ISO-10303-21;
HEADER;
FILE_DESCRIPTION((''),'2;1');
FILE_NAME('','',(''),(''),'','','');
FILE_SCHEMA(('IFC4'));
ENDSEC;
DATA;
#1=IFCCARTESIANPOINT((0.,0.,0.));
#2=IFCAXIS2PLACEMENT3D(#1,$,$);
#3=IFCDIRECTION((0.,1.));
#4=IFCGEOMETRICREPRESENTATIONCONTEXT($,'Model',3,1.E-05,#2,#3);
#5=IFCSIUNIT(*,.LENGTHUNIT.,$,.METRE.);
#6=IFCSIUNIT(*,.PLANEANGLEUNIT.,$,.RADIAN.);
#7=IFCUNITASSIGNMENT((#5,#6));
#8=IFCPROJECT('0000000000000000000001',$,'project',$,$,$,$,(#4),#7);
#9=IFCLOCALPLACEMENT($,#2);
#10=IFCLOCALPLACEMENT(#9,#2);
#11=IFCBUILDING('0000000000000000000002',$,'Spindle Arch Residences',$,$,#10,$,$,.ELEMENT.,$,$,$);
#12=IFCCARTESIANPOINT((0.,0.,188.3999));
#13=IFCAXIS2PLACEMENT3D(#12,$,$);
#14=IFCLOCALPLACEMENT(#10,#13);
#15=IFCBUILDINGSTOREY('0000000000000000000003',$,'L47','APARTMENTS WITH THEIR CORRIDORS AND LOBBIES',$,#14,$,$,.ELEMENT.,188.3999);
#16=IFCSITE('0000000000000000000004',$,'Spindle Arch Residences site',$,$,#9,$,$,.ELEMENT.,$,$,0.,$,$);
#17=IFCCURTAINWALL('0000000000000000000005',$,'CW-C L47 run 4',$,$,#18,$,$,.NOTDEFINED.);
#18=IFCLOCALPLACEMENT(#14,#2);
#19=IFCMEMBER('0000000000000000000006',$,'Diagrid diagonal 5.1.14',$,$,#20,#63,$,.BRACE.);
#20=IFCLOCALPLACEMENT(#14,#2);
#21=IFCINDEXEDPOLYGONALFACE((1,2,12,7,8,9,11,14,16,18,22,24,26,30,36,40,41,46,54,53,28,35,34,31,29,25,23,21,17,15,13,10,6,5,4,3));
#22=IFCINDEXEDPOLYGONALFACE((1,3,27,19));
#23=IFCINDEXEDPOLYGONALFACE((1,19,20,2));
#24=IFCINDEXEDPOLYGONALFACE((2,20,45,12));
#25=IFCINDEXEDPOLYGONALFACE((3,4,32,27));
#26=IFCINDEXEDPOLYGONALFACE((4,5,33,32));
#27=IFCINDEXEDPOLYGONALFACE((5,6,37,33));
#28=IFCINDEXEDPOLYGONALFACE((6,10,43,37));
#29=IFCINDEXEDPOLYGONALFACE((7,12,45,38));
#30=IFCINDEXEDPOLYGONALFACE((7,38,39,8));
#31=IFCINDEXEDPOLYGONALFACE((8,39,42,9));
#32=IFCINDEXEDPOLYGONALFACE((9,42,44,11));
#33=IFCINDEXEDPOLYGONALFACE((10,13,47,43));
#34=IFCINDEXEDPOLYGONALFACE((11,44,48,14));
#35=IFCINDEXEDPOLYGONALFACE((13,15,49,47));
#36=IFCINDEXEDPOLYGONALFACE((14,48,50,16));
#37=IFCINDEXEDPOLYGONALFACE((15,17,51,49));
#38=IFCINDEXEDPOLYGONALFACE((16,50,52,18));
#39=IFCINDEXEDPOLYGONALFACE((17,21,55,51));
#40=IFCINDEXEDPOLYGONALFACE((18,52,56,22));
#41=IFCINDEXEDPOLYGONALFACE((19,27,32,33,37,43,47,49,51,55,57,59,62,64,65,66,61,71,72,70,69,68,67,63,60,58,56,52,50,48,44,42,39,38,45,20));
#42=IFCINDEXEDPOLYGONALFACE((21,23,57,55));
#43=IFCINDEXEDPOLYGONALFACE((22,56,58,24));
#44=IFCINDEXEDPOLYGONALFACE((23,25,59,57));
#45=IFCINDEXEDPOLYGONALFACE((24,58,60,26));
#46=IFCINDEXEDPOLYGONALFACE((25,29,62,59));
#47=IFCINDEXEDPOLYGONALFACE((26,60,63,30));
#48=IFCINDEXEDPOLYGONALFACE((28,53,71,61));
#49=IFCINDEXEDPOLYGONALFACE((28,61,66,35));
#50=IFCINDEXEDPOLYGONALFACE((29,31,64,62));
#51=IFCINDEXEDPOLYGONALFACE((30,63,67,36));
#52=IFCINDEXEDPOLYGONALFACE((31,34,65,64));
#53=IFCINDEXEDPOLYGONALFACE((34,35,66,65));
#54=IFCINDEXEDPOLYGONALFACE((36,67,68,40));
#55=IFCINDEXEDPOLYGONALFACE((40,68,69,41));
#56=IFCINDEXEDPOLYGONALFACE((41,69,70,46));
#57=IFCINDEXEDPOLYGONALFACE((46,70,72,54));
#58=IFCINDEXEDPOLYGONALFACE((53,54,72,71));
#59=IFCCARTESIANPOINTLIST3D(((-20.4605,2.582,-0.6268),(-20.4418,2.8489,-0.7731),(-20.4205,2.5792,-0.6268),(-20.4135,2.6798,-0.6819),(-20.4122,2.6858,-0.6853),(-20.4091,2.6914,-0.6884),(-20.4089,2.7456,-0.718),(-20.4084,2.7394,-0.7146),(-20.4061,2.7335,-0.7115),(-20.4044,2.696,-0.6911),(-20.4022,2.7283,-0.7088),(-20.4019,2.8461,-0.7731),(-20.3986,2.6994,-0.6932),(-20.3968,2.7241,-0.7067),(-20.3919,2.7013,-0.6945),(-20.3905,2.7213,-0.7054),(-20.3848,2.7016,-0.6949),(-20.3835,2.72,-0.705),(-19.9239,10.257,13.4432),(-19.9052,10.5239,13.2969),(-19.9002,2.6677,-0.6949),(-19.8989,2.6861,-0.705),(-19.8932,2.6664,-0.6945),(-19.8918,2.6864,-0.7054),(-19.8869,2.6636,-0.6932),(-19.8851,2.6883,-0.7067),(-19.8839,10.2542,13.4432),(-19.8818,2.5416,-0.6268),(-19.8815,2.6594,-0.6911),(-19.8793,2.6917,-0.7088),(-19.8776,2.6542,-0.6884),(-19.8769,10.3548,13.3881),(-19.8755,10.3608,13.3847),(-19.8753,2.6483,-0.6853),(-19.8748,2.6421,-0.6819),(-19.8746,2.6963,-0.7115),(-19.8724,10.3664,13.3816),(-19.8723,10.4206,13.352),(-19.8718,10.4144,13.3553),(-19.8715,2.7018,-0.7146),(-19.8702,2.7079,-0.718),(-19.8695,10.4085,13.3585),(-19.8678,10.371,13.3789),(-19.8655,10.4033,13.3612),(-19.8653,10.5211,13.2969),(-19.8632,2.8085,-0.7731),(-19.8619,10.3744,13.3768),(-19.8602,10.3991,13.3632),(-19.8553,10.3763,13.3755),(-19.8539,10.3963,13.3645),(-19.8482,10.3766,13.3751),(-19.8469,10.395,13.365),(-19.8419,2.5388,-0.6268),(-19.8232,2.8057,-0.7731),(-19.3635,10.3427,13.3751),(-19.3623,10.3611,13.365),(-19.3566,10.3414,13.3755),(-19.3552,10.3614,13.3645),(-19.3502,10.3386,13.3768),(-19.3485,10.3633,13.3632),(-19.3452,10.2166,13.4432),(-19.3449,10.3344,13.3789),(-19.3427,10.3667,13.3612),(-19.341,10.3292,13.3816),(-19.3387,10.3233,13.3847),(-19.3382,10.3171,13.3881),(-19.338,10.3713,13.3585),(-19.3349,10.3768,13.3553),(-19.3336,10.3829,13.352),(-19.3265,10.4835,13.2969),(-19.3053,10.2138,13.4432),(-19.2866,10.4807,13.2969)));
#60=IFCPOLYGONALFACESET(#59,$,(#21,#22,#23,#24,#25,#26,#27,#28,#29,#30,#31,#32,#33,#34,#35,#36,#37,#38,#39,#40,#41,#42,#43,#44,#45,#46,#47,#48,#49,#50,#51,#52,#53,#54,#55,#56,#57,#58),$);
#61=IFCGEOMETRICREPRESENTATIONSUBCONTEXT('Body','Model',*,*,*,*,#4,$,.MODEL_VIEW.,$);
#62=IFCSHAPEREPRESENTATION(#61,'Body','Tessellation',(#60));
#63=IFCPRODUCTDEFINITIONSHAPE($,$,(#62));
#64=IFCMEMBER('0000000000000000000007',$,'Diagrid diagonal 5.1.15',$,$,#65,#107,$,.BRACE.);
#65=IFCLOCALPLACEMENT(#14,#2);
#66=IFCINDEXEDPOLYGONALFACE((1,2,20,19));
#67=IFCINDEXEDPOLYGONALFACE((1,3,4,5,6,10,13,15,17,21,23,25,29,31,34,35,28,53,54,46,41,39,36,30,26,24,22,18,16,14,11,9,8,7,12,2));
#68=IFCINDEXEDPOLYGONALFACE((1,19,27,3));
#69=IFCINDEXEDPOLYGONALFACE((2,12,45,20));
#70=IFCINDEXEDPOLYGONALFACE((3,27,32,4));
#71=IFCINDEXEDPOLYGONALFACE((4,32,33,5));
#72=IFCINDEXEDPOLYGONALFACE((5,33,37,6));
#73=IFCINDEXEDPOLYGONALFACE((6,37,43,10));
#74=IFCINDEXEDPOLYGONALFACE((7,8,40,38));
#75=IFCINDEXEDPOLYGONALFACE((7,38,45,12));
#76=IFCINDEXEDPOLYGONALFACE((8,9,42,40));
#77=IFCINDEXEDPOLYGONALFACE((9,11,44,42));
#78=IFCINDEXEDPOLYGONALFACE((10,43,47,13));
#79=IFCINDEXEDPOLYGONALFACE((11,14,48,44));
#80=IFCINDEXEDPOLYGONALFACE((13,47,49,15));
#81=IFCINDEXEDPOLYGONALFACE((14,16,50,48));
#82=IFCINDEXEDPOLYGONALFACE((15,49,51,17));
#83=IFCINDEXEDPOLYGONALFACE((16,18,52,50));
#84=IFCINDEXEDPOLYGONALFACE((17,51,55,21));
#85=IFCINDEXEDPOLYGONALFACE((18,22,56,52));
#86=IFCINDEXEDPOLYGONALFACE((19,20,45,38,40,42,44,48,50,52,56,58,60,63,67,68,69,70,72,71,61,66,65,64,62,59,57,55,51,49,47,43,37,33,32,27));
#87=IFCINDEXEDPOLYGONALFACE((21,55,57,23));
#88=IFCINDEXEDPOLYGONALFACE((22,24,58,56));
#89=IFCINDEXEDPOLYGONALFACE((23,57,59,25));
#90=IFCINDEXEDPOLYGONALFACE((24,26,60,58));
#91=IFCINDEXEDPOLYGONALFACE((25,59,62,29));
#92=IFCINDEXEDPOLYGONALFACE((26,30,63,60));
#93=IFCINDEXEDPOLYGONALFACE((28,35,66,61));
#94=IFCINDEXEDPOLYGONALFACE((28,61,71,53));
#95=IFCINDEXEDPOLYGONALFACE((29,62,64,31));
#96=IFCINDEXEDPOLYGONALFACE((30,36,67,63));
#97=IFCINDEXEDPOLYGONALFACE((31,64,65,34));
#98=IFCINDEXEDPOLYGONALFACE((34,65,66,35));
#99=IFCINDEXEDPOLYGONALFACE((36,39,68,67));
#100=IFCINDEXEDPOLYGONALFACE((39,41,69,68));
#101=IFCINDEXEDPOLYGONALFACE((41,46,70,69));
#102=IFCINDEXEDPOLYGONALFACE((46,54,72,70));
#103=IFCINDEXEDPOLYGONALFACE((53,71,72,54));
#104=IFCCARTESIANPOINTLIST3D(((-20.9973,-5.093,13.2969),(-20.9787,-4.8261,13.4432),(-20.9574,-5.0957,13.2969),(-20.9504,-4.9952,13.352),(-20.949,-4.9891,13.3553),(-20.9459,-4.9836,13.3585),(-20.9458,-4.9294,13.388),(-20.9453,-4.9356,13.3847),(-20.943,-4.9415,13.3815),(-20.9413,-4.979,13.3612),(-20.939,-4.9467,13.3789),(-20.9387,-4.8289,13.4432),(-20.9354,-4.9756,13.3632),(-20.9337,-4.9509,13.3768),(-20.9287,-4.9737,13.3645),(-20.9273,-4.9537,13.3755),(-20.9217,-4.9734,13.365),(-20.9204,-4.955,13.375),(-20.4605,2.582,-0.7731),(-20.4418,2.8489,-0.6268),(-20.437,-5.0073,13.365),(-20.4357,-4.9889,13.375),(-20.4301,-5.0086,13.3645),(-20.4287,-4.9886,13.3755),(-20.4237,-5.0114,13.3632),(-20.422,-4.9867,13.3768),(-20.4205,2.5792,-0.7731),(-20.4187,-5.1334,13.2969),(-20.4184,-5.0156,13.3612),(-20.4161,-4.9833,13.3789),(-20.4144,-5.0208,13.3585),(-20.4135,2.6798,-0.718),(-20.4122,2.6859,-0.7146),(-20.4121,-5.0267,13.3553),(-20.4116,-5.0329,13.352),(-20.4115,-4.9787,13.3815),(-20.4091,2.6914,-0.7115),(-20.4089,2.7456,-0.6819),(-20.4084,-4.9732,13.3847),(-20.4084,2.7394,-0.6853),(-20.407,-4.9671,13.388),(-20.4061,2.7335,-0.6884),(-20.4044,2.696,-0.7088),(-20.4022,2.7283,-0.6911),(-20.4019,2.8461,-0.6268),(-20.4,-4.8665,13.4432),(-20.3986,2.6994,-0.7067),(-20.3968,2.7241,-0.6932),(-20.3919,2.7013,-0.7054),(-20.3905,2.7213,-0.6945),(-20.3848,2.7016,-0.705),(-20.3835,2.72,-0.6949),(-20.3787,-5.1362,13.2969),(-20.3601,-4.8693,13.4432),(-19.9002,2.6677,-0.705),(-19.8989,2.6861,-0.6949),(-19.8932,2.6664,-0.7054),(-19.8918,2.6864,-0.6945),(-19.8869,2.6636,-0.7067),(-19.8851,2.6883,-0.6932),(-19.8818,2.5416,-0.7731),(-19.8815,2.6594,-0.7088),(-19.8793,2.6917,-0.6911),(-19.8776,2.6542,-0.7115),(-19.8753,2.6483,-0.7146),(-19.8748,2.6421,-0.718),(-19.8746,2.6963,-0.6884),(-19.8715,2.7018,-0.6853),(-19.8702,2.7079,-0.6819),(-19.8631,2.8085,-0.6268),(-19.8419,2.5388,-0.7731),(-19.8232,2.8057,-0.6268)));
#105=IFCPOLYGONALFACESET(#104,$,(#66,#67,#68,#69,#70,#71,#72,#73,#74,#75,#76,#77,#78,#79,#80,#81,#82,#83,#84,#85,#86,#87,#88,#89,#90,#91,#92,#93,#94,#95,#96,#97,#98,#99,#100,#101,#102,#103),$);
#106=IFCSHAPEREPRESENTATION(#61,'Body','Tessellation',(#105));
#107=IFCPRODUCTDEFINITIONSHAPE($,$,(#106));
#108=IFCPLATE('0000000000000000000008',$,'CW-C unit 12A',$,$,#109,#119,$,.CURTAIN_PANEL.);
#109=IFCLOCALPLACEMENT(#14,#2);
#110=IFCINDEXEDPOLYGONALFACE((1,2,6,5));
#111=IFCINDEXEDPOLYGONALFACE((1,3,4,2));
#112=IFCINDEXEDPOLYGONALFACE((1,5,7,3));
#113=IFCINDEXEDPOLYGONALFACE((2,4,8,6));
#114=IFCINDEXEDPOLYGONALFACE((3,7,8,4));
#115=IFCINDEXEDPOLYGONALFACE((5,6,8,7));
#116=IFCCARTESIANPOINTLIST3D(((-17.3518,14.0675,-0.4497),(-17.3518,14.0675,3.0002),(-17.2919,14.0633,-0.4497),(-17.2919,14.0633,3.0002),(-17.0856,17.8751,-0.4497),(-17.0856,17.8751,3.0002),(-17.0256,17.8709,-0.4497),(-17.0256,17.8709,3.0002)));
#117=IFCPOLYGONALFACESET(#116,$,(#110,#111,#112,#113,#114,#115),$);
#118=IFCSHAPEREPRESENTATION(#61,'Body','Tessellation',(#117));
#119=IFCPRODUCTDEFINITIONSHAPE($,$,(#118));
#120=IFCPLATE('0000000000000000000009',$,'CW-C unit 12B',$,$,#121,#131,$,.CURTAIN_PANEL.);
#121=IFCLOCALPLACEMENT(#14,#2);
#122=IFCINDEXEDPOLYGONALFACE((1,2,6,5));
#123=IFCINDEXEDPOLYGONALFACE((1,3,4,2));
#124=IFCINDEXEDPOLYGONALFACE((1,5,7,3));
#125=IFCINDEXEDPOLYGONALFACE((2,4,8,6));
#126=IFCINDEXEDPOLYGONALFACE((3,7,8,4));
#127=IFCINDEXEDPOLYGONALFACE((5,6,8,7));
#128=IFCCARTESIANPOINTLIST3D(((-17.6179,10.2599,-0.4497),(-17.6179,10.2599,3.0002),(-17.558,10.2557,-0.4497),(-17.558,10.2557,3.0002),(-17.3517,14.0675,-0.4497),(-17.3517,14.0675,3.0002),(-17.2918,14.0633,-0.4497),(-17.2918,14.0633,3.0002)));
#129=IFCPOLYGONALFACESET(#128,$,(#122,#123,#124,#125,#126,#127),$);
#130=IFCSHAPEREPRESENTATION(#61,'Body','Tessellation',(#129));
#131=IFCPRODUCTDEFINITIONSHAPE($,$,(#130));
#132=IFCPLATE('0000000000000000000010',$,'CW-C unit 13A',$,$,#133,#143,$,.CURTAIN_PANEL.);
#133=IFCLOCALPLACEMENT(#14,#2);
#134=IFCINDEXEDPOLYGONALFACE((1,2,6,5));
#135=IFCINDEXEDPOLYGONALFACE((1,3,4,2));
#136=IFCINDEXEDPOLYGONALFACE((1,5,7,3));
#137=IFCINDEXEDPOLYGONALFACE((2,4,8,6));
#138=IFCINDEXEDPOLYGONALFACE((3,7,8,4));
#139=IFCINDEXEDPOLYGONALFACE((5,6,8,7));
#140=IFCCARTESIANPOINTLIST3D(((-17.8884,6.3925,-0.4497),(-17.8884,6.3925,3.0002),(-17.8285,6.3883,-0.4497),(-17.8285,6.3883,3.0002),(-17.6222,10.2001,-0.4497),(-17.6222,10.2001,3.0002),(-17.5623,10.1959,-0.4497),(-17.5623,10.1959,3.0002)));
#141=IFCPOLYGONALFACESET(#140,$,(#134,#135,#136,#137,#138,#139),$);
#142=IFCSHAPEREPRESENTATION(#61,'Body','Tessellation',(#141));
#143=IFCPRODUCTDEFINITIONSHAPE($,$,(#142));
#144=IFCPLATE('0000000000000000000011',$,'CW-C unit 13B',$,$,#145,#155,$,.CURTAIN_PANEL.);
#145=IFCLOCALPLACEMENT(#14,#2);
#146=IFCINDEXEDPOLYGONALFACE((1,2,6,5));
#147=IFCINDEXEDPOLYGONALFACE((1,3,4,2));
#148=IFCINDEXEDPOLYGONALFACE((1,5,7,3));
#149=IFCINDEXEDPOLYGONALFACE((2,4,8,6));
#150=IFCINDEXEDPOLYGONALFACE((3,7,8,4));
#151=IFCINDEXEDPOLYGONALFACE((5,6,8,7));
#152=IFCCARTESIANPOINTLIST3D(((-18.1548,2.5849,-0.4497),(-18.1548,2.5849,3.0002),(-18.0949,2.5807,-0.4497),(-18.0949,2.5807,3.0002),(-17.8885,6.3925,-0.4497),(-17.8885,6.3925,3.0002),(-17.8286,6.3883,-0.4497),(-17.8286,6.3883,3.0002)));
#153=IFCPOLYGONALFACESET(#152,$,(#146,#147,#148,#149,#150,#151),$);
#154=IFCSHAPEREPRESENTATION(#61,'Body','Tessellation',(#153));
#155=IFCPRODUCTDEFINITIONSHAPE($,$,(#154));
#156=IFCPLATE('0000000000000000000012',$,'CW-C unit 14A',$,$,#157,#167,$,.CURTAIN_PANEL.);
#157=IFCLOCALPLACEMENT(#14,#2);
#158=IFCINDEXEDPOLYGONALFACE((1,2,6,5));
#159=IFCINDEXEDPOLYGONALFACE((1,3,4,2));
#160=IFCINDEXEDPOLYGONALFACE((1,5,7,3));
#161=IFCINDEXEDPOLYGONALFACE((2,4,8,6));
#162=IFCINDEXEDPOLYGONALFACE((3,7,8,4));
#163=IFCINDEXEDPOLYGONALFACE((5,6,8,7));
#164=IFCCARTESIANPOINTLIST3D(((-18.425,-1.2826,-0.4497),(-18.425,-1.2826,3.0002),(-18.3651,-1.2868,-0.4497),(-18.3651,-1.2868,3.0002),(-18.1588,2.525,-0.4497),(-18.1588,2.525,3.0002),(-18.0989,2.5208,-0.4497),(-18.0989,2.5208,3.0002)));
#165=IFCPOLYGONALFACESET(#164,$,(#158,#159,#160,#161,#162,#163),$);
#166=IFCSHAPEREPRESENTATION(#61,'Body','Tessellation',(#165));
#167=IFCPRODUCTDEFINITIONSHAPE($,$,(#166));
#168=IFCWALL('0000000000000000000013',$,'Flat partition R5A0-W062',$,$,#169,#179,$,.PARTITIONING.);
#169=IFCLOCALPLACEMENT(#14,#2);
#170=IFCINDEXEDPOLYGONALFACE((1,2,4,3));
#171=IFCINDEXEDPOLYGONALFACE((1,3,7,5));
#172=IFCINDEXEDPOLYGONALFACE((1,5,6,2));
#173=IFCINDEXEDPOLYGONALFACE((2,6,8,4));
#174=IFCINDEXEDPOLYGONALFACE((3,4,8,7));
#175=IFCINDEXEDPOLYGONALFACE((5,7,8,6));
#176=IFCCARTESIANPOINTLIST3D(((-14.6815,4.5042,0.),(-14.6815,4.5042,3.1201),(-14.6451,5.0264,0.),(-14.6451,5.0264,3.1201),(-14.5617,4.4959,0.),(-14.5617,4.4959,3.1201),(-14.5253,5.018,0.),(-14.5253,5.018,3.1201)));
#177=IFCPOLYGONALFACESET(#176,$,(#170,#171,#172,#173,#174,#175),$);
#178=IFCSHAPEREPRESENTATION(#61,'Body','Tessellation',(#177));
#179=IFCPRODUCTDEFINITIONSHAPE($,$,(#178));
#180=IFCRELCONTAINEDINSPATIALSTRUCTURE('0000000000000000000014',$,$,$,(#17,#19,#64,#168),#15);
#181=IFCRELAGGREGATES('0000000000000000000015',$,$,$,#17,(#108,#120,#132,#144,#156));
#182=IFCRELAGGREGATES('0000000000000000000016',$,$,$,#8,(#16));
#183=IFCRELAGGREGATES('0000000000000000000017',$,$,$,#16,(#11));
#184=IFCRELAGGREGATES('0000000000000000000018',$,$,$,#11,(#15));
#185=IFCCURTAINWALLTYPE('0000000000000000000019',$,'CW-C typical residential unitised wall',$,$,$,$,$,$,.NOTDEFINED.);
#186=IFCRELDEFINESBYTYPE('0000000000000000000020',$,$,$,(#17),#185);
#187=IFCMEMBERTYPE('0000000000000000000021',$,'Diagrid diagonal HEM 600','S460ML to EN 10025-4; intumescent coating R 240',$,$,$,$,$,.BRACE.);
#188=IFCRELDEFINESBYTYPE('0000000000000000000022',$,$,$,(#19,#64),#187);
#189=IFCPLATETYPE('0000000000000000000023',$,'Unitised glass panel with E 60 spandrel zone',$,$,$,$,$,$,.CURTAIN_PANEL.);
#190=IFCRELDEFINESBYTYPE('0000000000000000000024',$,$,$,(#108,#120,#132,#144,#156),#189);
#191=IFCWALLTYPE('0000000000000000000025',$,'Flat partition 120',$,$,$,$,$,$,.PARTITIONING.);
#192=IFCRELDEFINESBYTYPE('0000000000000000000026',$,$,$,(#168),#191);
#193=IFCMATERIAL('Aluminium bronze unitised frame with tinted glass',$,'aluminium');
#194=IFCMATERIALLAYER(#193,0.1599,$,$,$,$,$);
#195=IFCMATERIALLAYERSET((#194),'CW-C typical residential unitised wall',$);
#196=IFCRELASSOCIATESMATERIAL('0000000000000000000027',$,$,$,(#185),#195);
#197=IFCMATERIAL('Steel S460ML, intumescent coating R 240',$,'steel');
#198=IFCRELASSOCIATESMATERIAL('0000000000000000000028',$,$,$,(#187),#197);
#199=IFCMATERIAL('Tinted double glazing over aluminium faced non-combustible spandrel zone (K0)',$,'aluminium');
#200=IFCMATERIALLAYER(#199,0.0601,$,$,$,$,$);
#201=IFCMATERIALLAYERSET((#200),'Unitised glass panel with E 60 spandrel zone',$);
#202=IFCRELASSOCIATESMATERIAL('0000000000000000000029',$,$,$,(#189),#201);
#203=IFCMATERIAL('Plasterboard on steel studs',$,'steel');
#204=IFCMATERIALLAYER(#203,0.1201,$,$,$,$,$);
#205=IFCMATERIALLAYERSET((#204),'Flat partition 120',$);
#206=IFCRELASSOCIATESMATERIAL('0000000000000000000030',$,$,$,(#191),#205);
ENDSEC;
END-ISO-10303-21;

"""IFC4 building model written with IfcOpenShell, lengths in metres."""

from ifc_helpers import new_model, si_unit, direction, frame, frame_2d, origin, origin_2d, place, context, subcontext, project, spatial, rectangle, i_section, extrude, material, layer, layer_set, material_profile, profile_set, type_object, element, aggregate, save


model = new_model("IFC4")

# Units and contexts
model_context = context("Model", 3, precision=1e-05, world=origin(), true_north=direction((0.0, 1.0)))
body_context = subcontext(model_context, "Body", "Model", "MODEL_VIEW")
ifc_project = project(units=[si_unit("LENGTHUNIT", "METRE"), si_unit("PLANEANGLEUNIT", "RADIAN")], contexts=[model_context])

# Site, building, storey
site_placement = place(None, origin())
site = spatial("IfcSite", under=ifc_project, at=site_placement, Name="Spindle Arch Residences site", CompositionType="ELEMENT", RefElevation=0.0)
building_placement = place(site_placement, origin())
building = spatial("IfcBuilding", under=site, at=building_placement, Name="Spindle Arch Residences", CompositionType="ELEMENT")
storey_placement = place(building_placement, frame((0.0, 0.0, 188.3999)))
storey = spatial("IfcBuildingStorey", under=building, at=storey_placement, Name="L47", Description="APARTMENTS WITH THEIR CORRIDORS AND LOBBIES", CompositionType="ELEMENT", Elevation=188.3999)

# Curtain wall
ifc_material_1 = material(Name="Aluminium bronze unitised frame with tinted glass", Category="aluminium")
ifc_layer_1 = layer(ifc_material_1, 0.1599)
ifc_layer_set_1 = layer_set([ifc_layer_1], Name="CW-C typical residential unitised wall")
curtain_wall_type = type_object("IfcCurtainWallType", Name="CW-C typical residential unitised wall", PredefinedType="NOTDEFINED", material=ifc_layer_set_1)
curtain_wall_placement = place(storey_placement, origin())
curtain_wall = element("IfcCurtainWall", 1, at=curtain_wall_placement, inside=storey, type_object=curtain_wall_type, Name="CW-C L47 run 4", PredefinedType="NOTDEFINED")

# Members
ifc_material_2 = material(Name="Steel S460ML, intumescent coating R 240", Category="steel")
ifc_material_profile_1 = material_profile(ifc_material_2, i_section(OverallWidth=0.3049, OverallDepth=0.6201, WebThickness=0.021, FlangeThickness=0.04, FilletRadius=0.0271, at=origin_2d()), Name="HEM 600")
ifc_profile_set_1 = profile_set([ifc_material_profile_1], Name="Steel S460ML, intumescent coating R 240")
member_type_1 = type_object("IfcMemberType", Name="Diagrid diagonal HEM 600", Description="S460ML to EN 10025-4; intumescent coating R 240", PredefinedType="BRACE", material=ifc_profile_set_1)
for number, where, z_axis, x_axis, name in (
    (2, (-20.1418, 2.6938, -0.7), (0.033463, 0.478606, 0.877392), (-0.061196, -0.875255, 0.479775), "Diagrid diagonal 5.1.14"),
    (3, (-20.1418, 2.6938, -0.7), (-0.033478, -0.478606, 0.877391), (0.061223, 0.875253, 0.479776), "Diagrid diagonal 5.1.15"),
):
    element("IfcMember", number, at=place(storey_placement, frame(where, z_axis=z_axis, x_axis=x_axis)), inside=storey, type_object=member_type_1, Name=name, PredefinedType="BRACE", context=body_context, shape_type="SweptSolid", body=[
        extrude(i_section(OverallWidth=0.3049, OverallDepth=0.6201, WebThickness=0.021, FlangeThickness=0.04, FilletRadius=0.0271, at=origin_2d()), origin(), (0.0, 0.0, 1.0), 16.0361),
    ])

# Plates
ifc_material_3 = material(Name="Tinted double glazing over aluminium faced non-combustible spandrel zone (K0)", Category="aluminium")
ifc_layer_2 = layer(ifc_material_3, 0.0601)
ifc_layer_set_2 = layer_set([ifc_layer_2], Name="Unitised glass panel with E 60 spandrel zone")
plate_type = type_object("IfcPlateType", Name="Unitised glass panel with E 60 spandrel zone", PredefinedType="CURTAIN_PANEL", material=ifc_layer_set_2)
plate_1_placement = place(storey_placement, frame((-17.1887, 15.9692, -0.4497), z_axis=(0.0, 0.0, 1.0), x_axis=(-0.069756, -0.997564, 0.0)))
plate_1 = element("IfcPlate", 4, at=plate_1_placement, type_object=plate_type, Name="CW-C unit 12A", PredefinedType="CURTAIN_PANEL", context=body_context, shape_type="SweptSolid", body=[
    extrude(rectangle(XDim=3.8169, YDim=0.0601, at=origin_2d()), origin(), (0.0, 0.0, 1.0), 3.45),
])
plate_2_placement = place(storey_placement, frame((-17.4548, 12.1616, -0.4497), z_axis=(0.0, 0.0, 1.0), x_axis=(-0.069756, -0.997564, 0.0)))
plate_2 = element("IfcPlate", 5, at=plate_2_placement, type_object=plate_type, Name="CW-C unit 12B", PredefinedType="CURTAIN_PANEL", context=body_context, shape_type="SweptSolid", body=[
    extrude(rectangle(XDim=3.8169, YDim=0.0601, at=origin_2d()), origin(), (0.0, 0.0, 1.0), 3.45),
])
plate_3_placement = place(storey_placement, frame((-17.7253, 8.2942, -0.4497), z_axis=(0.0, 0.0, 1.0), x_axis=(-0.069756, -0.997564, 0.0)))
plate_3 = element("IfcPlate", 6, at=plate_3_placement, type_object=plate_type, Name="CW-C unit 13A", PredefinedType="CURTAIN_PANEL", context=body_context, shape_type="SweptSolid", body=[
    extrude(rectangle(XDim=3.8169, YDim=0.0601, at=origin_2d()), origin(), (0.0, 0.0, 1.0), 3.45),
])
plate_4_placement = place(storey_placement, frame((-17.9917, 4.4866, -0.4497), z_axis=(0.0, 0.0, 1.0), x_axis=(-0.069756, -0.997564, 0.0)))
plate_4 = element("IfcPlate", 7, at=plate_4_placement, type_object=plate_type, Name="CW-C unit 13B", PredefinedType="CURTAIN_PANEL", context=body_context, shape_type="SweptSolid", body=[
    extrude(rectangle(XDim=3.8169, YDim=0.0601, at=origin_2d()), origin(), (0.0, 0.0, 1.0), 3.45),
])
plate_5_placement = place(storey_placement, frame((-18.262, 0.6191, -0.4497), z_axis=(0.0, 0.0, 1.0), x_axis=(-0.069756, -0.997564, 0.0)))
plate_5 = element("IfcPlate", 8, at=plate_5_placement, type_object=plate_type, Name="CW-C unit 14A", PredefinedType="CURTAIN_PANEL", context=body_context, shape_type="SweptSolid", body=[
    extrude(rectangle(XDim=3.8169, YDim=0.0601, at=origin_2d()), origin(), (0.0, 0.0, 1.0), 3.45),
])
aggregate(curtain_wall, [plate_1, plate_2, plate_3, plate_4, plate_5])

# Wall
ifc_material_4 = material(Name="Plasterboard on steel studs", Category="steel")
ifc_layer_3 = layer(ifc_material_4, 0.1201)
ifc_layer_set_3 = layer_set([ifc_layer_3], Name="Flat partition 120")
wall_type_1 = type_object("IfcWallType", Name="Flat partition 120", PredefinedType="PARTITIONING", material=ifc_layer_set_3)
wall_1_placement = place(storey_placement, frame((-14.5852, 5.0222, 0.0), z_axis=(0.0, 0.0, 1.0), x_axis=(-0.06949, -0.997583, 0.0)))
element("IfcWall", 9, at=wall_1_placement, inside=storey, type_object=wall_type_1, Name="Flat partition R5A0-W062", PredefinedType="PARTITIONING", context=body_context, shape_type="SweptSolid", body=[
    extrude(rectangle(XDim=0.5234, YDim=0.1201, at=frame_2d((0.2617, 0.0))), origin(), (0.0, 0.0, 1.0), 3.1201),
])

save(model, "model.ifc")
